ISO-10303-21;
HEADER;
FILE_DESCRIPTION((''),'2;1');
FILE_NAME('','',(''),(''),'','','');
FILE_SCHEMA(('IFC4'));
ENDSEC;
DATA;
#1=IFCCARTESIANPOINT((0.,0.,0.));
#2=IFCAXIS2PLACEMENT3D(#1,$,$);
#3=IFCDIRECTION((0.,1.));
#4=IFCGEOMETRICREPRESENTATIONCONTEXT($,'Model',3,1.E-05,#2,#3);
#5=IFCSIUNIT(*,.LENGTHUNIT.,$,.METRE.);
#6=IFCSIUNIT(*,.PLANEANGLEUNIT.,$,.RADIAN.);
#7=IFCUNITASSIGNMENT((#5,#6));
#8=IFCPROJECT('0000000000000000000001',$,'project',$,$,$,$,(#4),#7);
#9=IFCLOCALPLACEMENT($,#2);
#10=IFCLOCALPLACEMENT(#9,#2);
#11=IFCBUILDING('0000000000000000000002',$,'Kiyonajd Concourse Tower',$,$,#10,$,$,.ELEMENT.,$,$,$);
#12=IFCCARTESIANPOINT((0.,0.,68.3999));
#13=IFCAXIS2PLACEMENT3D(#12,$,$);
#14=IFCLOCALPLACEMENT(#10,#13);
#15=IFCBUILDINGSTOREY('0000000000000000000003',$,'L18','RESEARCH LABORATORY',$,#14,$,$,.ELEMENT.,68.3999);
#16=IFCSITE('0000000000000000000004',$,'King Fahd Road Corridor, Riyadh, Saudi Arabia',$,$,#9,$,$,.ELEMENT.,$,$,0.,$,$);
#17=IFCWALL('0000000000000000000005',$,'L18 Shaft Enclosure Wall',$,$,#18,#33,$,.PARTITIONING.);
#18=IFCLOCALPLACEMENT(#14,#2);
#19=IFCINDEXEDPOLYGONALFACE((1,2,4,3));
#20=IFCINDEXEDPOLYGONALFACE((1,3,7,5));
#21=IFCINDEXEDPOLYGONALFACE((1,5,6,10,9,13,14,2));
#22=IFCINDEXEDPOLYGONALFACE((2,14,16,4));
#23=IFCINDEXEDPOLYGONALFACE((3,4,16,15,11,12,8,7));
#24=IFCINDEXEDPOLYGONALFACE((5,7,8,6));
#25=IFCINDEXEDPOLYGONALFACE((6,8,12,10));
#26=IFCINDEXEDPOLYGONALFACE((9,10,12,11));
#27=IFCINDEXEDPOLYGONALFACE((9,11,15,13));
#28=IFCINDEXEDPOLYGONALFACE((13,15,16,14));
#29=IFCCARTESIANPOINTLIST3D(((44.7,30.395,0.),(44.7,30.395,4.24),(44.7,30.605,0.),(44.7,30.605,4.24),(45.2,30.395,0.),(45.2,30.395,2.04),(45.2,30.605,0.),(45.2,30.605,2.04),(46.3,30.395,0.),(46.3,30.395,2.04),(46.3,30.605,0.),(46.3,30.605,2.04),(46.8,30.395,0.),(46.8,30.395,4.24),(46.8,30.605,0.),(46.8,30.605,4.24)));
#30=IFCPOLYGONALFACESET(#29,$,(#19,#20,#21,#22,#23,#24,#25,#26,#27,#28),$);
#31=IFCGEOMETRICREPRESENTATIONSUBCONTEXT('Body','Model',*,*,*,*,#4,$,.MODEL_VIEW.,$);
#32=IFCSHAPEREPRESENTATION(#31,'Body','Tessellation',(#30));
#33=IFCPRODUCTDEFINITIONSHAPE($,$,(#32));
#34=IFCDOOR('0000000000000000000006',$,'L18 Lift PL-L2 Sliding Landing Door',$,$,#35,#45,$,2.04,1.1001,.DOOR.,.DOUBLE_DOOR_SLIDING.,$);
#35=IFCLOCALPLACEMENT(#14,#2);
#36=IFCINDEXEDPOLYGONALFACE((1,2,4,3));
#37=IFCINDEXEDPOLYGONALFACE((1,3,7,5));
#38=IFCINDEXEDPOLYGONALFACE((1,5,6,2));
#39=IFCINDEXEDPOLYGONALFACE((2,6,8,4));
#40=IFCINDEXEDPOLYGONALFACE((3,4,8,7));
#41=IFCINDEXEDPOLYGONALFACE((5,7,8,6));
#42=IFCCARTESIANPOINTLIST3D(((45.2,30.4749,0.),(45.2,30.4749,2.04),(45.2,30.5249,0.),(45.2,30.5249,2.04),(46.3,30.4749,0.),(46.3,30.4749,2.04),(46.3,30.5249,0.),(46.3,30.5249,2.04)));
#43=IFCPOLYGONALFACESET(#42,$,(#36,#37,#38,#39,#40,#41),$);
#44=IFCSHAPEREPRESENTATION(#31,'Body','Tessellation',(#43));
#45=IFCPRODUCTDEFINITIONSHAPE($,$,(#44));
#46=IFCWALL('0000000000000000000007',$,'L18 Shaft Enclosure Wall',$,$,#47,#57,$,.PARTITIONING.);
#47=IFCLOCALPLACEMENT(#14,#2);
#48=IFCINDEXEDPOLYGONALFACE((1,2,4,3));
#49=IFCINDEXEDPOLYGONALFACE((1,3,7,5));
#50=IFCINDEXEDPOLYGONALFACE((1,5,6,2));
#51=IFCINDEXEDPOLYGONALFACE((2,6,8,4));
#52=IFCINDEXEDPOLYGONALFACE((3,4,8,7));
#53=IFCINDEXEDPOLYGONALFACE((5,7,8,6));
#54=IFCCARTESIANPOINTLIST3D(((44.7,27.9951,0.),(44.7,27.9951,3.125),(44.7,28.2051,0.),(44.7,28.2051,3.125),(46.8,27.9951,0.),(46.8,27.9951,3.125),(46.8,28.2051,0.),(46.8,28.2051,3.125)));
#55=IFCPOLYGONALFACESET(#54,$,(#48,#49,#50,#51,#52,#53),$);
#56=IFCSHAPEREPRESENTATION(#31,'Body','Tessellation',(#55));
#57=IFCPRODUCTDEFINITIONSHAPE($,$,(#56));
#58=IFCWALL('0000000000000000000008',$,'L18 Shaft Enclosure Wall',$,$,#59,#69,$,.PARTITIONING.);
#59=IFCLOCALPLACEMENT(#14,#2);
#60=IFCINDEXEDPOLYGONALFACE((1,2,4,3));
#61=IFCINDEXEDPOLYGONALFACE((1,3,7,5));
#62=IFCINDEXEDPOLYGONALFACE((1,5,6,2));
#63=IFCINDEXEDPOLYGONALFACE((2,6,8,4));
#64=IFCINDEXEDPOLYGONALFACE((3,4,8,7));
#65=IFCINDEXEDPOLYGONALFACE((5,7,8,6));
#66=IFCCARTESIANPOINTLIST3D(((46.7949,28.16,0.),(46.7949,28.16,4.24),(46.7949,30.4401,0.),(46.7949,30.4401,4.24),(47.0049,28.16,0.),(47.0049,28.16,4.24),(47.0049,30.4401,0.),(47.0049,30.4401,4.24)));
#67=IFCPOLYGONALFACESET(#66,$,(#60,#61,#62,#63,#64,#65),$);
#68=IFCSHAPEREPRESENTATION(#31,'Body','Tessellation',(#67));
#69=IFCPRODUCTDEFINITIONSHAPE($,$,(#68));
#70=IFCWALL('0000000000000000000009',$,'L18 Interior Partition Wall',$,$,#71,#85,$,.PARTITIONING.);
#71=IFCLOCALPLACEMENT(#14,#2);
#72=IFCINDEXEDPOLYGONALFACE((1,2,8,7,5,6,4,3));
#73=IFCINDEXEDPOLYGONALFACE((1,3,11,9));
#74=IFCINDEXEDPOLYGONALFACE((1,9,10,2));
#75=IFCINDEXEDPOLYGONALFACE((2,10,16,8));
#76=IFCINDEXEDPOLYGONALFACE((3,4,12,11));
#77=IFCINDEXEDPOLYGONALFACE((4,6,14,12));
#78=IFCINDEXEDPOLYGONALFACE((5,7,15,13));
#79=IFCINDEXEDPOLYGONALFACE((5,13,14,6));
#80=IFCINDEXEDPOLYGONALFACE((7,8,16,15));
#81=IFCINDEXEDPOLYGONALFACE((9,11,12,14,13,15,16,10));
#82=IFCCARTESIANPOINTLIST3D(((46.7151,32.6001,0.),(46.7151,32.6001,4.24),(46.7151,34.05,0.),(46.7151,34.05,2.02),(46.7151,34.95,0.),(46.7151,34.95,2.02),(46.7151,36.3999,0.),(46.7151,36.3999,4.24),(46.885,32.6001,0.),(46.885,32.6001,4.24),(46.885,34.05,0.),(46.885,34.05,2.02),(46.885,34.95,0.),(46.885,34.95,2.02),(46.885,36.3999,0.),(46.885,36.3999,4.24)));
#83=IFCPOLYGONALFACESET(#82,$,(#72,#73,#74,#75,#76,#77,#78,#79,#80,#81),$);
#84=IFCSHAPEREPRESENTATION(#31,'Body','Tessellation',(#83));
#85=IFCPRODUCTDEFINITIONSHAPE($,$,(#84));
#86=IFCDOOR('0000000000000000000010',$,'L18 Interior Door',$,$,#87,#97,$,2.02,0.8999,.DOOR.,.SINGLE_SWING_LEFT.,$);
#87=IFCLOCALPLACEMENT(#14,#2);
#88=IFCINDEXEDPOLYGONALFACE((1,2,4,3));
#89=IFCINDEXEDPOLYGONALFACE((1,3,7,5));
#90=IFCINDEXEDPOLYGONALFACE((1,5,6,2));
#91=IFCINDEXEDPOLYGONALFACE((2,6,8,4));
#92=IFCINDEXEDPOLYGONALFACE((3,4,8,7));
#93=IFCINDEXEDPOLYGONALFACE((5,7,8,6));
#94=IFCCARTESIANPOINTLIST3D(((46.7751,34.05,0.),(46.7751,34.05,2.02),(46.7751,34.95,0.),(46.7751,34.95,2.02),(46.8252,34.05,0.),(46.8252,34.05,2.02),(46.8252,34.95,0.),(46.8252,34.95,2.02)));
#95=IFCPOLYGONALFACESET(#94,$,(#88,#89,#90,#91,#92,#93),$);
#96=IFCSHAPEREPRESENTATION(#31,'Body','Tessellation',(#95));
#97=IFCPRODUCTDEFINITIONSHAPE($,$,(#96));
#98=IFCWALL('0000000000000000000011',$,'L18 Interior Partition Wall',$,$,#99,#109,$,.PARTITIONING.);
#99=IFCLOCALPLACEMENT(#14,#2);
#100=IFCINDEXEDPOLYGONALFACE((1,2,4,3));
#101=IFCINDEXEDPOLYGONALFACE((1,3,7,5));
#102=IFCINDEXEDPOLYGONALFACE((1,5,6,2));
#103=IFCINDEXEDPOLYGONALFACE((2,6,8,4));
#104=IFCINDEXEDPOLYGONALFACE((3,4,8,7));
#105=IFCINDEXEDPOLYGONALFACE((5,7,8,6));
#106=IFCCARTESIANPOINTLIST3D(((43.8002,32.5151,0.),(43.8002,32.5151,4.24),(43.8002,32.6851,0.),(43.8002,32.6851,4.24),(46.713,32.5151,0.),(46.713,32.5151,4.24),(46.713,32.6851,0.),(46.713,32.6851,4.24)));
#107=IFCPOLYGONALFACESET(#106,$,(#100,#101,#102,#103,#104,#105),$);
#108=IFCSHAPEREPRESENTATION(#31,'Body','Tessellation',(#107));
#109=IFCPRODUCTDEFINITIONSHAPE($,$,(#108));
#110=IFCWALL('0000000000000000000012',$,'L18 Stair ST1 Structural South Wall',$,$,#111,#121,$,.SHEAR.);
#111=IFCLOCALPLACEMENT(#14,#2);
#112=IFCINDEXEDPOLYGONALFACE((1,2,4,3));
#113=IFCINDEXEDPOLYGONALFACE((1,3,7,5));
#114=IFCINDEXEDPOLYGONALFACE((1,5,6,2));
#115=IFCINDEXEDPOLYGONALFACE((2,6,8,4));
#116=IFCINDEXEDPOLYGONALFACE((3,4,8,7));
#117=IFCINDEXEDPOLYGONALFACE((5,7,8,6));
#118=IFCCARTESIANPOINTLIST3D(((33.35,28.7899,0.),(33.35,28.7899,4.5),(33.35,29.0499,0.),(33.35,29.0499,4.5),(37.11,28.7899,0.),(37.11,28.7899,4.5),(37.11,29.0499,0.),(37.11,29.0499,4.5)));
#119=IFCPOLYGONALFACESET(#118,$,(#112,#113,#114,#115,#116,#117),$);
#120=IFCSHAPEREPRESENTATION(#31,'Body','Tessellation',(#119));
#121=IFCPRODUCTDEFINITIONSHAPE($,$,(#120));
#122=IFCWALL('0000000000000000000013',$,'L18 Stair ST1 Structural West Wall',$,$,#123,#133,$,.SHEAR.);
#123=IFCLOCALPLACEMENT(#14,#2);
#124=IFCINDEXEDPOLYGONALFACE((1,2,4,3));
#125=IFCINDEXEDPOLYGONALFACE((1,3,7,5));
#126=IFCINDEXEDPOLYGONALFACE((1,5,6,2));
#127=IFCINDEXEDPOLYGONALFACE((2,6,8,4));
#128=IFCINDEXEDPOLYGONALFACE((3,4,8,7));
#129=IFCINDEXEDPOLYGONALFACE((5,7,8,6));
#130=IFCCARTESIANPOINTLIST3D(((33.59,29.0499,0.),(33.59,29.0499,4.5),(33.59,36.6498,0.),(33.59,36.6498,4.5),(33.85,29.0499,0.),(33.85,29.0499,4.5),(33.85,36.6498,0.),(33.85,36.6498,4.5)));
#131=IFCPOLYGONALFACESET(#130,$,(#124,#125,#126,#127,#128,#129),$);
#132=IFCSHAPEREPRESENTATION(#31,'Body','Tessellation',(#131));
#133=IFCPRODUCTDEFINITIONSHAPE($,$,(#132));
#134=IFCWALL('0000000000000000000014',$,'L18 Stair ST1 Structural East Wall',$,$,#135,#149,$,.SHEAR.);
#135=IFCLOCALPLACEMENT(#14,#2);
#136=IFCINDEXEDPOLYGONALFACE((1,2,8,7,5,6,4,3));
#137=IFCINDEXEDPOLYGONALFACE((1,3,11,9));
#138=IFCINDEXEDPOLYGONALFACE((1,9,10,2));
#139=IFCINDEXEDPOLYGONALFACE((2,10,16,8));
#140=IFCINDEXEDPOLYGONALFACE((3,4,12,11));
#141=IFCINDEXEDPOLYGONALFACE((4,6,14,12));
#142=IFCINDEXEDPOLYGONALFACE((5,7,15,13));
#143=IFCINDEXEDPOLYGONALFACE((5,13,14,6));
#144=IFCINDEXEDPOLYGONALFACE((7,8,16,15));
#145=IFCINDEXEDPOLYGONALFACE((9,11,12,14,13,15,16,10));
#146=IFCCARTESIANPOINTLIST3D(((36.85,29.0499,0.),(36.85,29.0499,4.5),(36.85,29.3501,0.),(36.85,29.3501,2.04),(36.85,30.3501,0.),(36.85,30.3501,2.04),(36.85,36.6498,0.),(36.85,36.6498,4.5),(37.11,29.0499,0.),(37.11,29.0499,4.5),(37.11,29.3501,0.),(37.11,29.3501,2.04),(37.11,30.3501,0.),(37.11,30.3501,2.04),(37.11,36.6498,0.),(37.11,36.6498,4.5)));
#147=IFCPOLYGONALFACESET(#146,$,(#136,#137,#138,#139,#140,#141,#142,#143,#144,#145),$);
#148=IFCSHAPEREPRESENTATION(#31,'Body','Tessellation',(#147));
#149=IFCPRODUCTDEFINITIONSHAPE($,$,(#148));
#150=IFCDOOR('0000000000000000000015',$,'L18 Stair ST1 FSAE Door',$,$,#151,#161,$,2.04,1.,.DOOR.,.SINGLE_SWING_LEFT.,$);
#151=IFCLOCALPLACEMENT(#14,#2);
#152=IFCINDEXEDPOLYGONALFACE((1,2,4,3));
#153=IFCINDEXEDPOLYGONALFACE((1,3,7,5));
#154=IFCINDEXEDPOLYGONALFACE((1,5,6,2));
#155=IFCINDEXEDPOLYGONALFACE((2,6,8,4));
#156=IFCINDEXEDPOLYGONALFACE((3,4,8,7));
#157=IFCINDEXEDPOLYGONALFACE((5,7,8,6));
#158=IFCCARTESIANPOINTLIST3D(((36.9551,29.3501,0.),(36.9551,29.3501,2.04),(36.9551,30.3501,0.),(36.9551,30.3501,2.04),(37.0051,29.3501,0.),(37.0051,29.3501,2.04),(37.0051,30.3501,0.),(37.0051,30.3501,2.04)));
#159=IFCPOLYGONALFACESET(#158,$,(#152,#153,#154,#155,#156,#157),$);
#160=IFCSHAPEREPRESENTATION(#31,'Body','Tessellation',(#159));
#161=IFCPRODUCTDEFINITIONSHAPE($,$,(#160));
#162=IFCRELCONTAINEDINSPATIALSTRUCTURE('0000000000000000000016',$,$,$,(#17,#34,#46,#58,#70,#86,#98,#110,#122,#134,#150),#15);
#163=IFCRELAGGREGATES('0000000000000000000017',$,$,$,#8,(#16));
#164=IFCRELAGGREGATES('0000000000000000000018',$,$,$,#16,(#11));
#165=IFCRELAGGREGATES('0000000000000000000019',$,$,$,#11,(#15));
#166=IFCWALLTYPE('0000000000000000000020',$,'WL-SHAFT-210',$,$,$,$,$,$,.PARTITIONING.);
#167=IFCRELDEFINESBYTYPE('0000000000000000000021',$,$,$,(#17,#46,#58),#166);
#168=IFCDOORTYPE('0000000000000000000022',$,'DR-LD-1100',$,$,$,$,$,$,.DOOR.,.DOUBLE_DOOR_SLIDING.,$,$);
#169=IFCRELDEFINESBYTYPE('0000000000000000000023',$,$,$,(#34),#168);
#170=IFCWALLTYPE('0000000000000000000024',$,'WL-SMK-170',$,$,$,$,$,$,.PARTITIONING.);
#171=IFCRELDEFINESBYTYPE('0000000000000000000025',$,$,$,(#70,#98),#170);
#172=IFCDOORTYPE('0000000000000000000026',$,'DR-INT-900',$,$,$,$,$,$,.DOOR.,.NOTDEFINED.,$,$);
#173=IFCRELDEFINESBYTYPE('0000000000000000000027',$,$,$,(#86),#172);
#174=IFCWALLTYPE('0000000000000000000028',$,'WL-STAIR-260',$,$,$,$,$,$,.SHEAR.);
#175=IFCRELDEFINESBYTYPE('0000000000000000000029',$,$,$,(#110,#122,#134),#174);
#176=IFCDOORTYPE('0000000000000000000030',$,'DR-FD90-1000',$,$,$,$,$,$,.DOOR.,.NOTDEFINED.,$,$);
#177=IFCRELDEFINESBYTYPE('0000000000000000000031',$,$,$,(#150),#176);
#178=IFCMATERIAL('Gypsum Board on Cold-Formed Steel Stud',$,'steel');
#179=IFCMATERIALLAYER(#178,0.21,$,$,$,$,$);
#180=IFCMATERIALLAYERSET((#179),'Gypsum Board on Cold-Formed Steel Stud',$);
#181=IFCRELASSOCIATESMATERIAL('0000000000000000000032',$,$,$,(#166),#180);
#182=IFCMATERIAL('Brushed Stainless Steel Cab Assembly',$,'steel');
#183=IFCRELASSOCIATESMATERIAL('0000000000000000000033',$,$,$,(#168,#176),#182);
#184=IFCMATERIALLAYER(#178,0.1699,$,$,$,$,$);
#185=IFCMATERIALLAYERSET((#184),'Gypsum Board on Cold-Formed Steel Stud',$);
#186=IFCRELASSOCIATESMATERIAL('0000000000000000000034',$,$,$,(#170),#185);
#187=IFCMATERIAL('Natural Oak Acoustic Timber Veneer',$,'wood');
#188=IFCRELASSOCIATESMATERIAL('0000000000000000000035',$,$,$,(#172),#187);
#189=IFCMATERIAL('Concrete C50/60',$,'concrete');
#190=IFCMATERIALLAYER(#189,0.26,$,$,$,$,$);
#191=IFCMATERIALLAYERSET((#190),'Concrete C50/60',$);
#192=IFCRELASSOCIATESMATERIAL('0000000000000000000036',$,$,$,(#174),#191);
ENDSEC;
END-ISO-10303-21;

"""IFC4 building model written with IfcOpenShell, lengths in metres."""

from ifc_helpers import new_model, si_unit, direction, frame, frame_2d, origin, place, context, subcontext, project, spatial, rectangle, extrude, material, layer, layer_set, type_object, element, fill, save


model = new_model("IFC4")

# Units and contexts
model_context = context("Model", 3, precision=1e-05, world=origin(), true_north=direction((0.0, 1.0)))
body_context = subcontext(model_context, "Body", "Model", "MODEL_VIEW")
ifc_project = project(units=[si_unit("LENGTHUNIT", "METRE"), si_unit("PLANEANGLEUNIT", "RADIAN")], contexts=[model_context])

# Site, building, storey
site_placement = place(None, origin())
site = spatial("IfcSite", under=ifc_project, at=site_placement, Name="King Fahd Road Corridor, Riyadh, Saudi Arabia", CompositionType="ELEMENT", RefElevation=0.0)
building_placement = place(site_placement, origin())
building = spatial("IfcBuilding", under=site, at=building_placement, Name="Kiyonajd Concourse Tower", CompositionType="ELEMENT")
storey_placement = place(building_placement, frame((0.0, 0.0, 68.3999)))
storey = spatial("IfcBuildingStorey", under=building, at=storey_placement, Name="L18", Description="RESEARCH LABORATORY", CompositionType="ELEMENT", Elevation=68.3999)

# Shared definitions
ifc_material_1 = material(Name="Concrete C50/60", Category="concrete")

# Shared definitions
ifc_material_2 = material(Name="Gypsum Board on Cold-Formed Steel Stud", Category="steel")
ifc_layer_1 = layer(ifc_material_2, 0.21)
ifc_layer_set_1 = layer_set([ifc_layer_1], Name="Gypsum Board on Cold-Formed Steel Stud")
wall_type_1 = type_object("IfcWallType", Name="WL-SHAFT-210", PredefinedType="PARTITIONING", material=ifc_layer_set_1)
ifc_material_3 = material(Name="Brushed Stainless Steel Cab Assembly", Category="steel")

# Shared definitions
door_type_1 = type_object("IfcDoorType", Name="DR-LD-1100", OperationType="DOUBLE_DOOR_SLIDING", PredefinedType="DOOR", material=ifc_material_3)

# Wall, opening, door
wall_1_placement = place(storey_placement, frame((44.7, 30.5, 0.0), z_axis=(0.0, 0.0, 1.0), x_axis=(1.0, 0.0, 0.0)))
wall_1 = element("IfcWall", 1, at=wall_1_placement, inside=storey, type_object=wall_type_1, Name="L18 Shaft Enclosure Wall", PredefinedType="PARTITIONING", context=body_context, shape_type="SweptSolid", body=[
    extrude(rectangle(XDim=2.1001, YDim=0.21, at=frame_2d((1.05, 0.0))), origin(), (0.0, 0.0, 1.0), 4.24),
])
opening_1_placement = place(wall_1_placement, frame((0.5, 0.0, 0.0)))
opening_1 = element("IfcOpeningElement", 2, at=opening_1_placement, cuts=wall_1, PredefinedType="OPENING", context=body_context, shape_type="SweptSolid", body=[
    extrude(rectangle(XDim=1.1001, YDim=2.04, at=frame_2d((0.55, 1.02))), frame((0.0, 0.115, 0.0), z_axis=(0.0, -1.0, 0.0), x_axis=(1.0, 0.0, 0.0)), (0.0, 0.0, 1.0), 0.23),
])
door_1_placement = place(opening_1_placement, origin())
door_1 = element("IfcDoor", 3, at=door_1_placement, inside=storey, type_object=door_type_1, Name="L18 Lift PL-L2 Sliding Landing Door", OperationType="DOUBLE_DOOR_SLIDING", OverallHeight=2.04, OverallWidth=1.1001, PredefinedType="DOOR", context=body_context, shape_type="SweptSolid", body=[
    extrude(rectangle(XDim=1.1001, YDim=2.04, at=frame_2d((0.55, 1.02))), frame((0.0, 0.0249, 0.0), z_axis=(0.0, -1.0, 0.0), x_axis=(1.0, 0.0, 0.0)), (0.0, 0.0, 1.0), 0.05),
])
fill(opening_1, door_1)

# Walls
wall_2_placement = place(storey_placement, frame((44.7, 28.1001, 0.0), z_axis=(0.0, 0.0, 1.0), x_axis=(1.0, 0.0, 0.0)))
element("IfcWall", 4, at=wall_2_placement, inside=storey, type_object=wall_type_1, Name="L18 Shaft Enclosure Wall", PredefinedType="PARTITIONING", context=body_context, shape_type="SweptSolid", body=[
    extrude(rectangle(XDim=2.1001, YDim=0.21, at=frame_2d((1.05, 0.0))), origin(), (0.0, 0.0, 1.0), 3.125),
])
wall_3_placement = place(storey_placement, frame((46.8999, 28.1599, 0.0), z_axis=(0.0, 0.0, 1.0), x_axis=(0.0, 1.0, 0.0)))
element("IfcWall", 5, at=wall_3_placement, inside=storey, type_object=wall_type_1, Name="L18 Shaft Enclosure Wall", PredefinedType="PARTITIONING", context=body_context, shape_type="SweptSolid", body=[
    extrude(rectangle(XDim=2.28, YDim=0.21, at=frame_2d((1.1401, 0.0))), origin(), (0.0, 0.0, 1.0), 4.24),
])

# Wall, opening, door
ifc_layer_2 = layer(ifc_material_2, 0.1699)
ifc_layer_set_2 = layer_set([ifc_layer_2], Name="Gypsum Board on Cold-Formed Steel Stud")
wall_type_2 = type_object("IfcWallType", Name="WL-SMK-170", PredefinedType="PARTITIONING", material=ifc_layer_set_2)
wall_4_placement = place(storey_placement, frame((46.8, 32.6001, 0.0), z_axis=(0.0, 0.0, 1.0), x_axis=(0.0, 1.0, 0.0)))
wall_4 = element("IfcWall", 6, at=wall_4_placement, inside=storey, type_object=wall_type_2, Name="L18 Interior Partition Wall", PredefinedType="PARTITIONING", context=body_context, shape_type="SweptSolid", body=[
    extrude(rectangle(XDim=3.7998, YDim=0.1699, at=frame_2d((1.8999, 0.0))), origin(), (0.0, 0.0, 1.0), 4.24),
])
opening_2_placement = place(wall_4_placement, frame((1.45, 0.0, 0.0)))
opening_2 = element("IfcOpeningElement", 7, at=opening_2_placement, cuts=wall_4, PredefinedType="OPENING", context=body_context, shape_type="SweptSolid", body=[
    extrude(rectangle(XDim=0.8999, YDim=2.02, at=frame_2d((0.45, 1.01))), frame((0.0, 0.095, 0.0), z_axis=(0.0, -1.0, 0.0), x_axis=(1.0, 0.0, 0.0)), (0.0, 0.0, 1.0), 0.1899),
])
ifc_material_4 = material(Name="Natural Oak Acoustic Timber Veneer", Category="wood")
door_type_2 = type_object("IfcDoorType", Name="DR-INT-900", OperationType="NOTDEFINED", PredefinedType="DOOR", material=ifc_material_4)
door_2_placement = place(opening_2_placement, origin())
door_2 = element("IfcDoor", 8, at=door_2_placement, inside=storey, type_object=door_type_2, Name="L18 Interior Door", OperationType="SINGLE_SWING_LEFT", OverallHeight=2.02, OverallWidth=0.8999, PredefinedType="DOOR", context=body_context, shape_type="SweptSolid", body=[
    extrude(rectangle(XDim=0.8999, YDim=2.02, at=frame_2d((0.45, 1.01))), frame((0.0, 0.0249, 0.0), z_axis=(0.0, -1.0, 0.0), x_axis=(1.0, 0.0, 0.0)), (0.0, 0.0, 1.0), 0.05),
])
fill(opening_2, door_2)

# Walls
wall_5_placement = place(storey_placement, frame((43.8, 32.6001, 0.0), z_axis=(0.0, 0.0, 1.0), x_axis=(1.0, 0.0, 0.0)))
element("IfcWall", 9, at=wall_5_placement, inside=storey, type_object=wall_type_2, Name="L18 Interior Partition Wall", PredefinedType="PARTITIONING", context=body_context, shape_type="SweptSolid", body=[
    extrude(rectangle(XDim=2.9128, YDim=0.1699, at=frame_2d((1.4565, 0.0))), origin(), (0.0, 0.0, 1.0), 4.24),
])
ifc_layer_3 = layer(ifc_material_1, 0.26)
ifc_layer_set_3 = layer_set([ifc_layer_3], Name="Concrete C50/60")
wall_type_3 = type_object("IfcWallType", Name="WL-STAIR-260", PredefinedType="SHEAR", material=ifc_layer_set_3)
wall_6_placement = place(storey_placement, frame((33.3501, 28.9199, 0.0), z_axis=(0.0, 0.0, 1.0), x_axis=(1.0, 0.0, 0.0)))
element("IfcWall", 10, at=wall_6_placement, inside=storey, type_object=wall_type_3, Name="L18 Stair ST1 Structural South Wall", PredefinedType="SHEAR", context=body_context, shape_type="SweptSolid", body=[
    extrude(rectangle(XDim=3.76, YDim=0.26, at=frame_2d((1.8799, 0.0))), origin(), (0.0, 0.0, 1.0), 4.5),
])
wall_7_placement = place(storey_placement, frame((33.72, 29.05, 0.0), z_axis=(0.0, 0.0, 1.0), x_axis=(0.0, 1.0, 0.0)))
element("IfcWall", 11, at=wall_7_placement, inside=storey, type_object=wall_type_3, Name="L18 Stair ST1 Structural West Wall", PredefinedType="SHEAR", context=body_context, shape_type="SweptSolid", body=[
    extrude(rectangle(XDim=7.5999, YDim=0.26, at=frame_2d((3.7998, 0.0))), origin(), (0.0, 0.0, 1.0), 4.5),
])

# Wall, opening, door
wall_8_placement = place(storey_placement, frame((36.98, 29.05, 0.0), z_axis=(0.0, 0.0, 1.0), x_axis=(0.0, 1.0, 0.0)))
wall_8 = element("IfcWall", 12, at=wall_8_placement, inside=storey, type_object=wall_type_3, Name="L18 Stair ST1 Structural East Wall", PredefinedType="SHEAR", context=body_context, shape_type="SweptSolid", body=[
    extrude(rectangle(XDim=7.5999, YDim=0.26, at=frame_2d((3.7998, 0.0))), origin(), (0.0, 0.0, 1.0), 4.5),
])
opening_3_placement = place(wall_8_placement, frame((0.3, 0.0, 0.0)))
opening_3 = element("IfcOpeningElement", 13, at=opening_3_placement, cuts=wall_8, PredefinedType="OPENING", context=body_context, shape_type="SweptSolid", body=[
    extrude(rectangle(XDim=1.0, YDim=2.04, at=frame_2d((0.5, 1.02))), frame((0.0, 0.1399, 0.0), z_axis=(0.0, -1.0, 0.0), x_axis=(1.0, 0.0, 0.0)), (0.0, 0.0, 1.0), 0.28),
])
door_type_3 = type_object("IfcDoorType", Name="DR-FD90-1000", OperationType="NOTDEFINED", PredefinedType="DOOR", material=ifc_material_3)
door_3_placement = place(opening_3_placement, origin())
door_3 = element("IfcDoor", 14, at=door_3_placement, inside=storey, type_object=door_type_3, Name="L18 Stair ST1 FSAE Door", OperationType="SINGLE_SWING_LEFT", OverallHeight=2.04, OverallWidth=1.0, PredefinedType="DOOR", context=body_context, shape_type="SweptSolid", body=[
    extrude(rectangle(XDim=1.0, YDim=2.04, at=frame_2d((0.5, 1.02))), frame((0.0, 0.0249, 0.0), z_axis=(0.0, -1.0, 0.0), x_axis=(1.0, 0.0, 0.0)), (0.0, 0.0, 1.0), 0.05),
])
fill(opening_3, door_3)

save(model, "model.ifc")
